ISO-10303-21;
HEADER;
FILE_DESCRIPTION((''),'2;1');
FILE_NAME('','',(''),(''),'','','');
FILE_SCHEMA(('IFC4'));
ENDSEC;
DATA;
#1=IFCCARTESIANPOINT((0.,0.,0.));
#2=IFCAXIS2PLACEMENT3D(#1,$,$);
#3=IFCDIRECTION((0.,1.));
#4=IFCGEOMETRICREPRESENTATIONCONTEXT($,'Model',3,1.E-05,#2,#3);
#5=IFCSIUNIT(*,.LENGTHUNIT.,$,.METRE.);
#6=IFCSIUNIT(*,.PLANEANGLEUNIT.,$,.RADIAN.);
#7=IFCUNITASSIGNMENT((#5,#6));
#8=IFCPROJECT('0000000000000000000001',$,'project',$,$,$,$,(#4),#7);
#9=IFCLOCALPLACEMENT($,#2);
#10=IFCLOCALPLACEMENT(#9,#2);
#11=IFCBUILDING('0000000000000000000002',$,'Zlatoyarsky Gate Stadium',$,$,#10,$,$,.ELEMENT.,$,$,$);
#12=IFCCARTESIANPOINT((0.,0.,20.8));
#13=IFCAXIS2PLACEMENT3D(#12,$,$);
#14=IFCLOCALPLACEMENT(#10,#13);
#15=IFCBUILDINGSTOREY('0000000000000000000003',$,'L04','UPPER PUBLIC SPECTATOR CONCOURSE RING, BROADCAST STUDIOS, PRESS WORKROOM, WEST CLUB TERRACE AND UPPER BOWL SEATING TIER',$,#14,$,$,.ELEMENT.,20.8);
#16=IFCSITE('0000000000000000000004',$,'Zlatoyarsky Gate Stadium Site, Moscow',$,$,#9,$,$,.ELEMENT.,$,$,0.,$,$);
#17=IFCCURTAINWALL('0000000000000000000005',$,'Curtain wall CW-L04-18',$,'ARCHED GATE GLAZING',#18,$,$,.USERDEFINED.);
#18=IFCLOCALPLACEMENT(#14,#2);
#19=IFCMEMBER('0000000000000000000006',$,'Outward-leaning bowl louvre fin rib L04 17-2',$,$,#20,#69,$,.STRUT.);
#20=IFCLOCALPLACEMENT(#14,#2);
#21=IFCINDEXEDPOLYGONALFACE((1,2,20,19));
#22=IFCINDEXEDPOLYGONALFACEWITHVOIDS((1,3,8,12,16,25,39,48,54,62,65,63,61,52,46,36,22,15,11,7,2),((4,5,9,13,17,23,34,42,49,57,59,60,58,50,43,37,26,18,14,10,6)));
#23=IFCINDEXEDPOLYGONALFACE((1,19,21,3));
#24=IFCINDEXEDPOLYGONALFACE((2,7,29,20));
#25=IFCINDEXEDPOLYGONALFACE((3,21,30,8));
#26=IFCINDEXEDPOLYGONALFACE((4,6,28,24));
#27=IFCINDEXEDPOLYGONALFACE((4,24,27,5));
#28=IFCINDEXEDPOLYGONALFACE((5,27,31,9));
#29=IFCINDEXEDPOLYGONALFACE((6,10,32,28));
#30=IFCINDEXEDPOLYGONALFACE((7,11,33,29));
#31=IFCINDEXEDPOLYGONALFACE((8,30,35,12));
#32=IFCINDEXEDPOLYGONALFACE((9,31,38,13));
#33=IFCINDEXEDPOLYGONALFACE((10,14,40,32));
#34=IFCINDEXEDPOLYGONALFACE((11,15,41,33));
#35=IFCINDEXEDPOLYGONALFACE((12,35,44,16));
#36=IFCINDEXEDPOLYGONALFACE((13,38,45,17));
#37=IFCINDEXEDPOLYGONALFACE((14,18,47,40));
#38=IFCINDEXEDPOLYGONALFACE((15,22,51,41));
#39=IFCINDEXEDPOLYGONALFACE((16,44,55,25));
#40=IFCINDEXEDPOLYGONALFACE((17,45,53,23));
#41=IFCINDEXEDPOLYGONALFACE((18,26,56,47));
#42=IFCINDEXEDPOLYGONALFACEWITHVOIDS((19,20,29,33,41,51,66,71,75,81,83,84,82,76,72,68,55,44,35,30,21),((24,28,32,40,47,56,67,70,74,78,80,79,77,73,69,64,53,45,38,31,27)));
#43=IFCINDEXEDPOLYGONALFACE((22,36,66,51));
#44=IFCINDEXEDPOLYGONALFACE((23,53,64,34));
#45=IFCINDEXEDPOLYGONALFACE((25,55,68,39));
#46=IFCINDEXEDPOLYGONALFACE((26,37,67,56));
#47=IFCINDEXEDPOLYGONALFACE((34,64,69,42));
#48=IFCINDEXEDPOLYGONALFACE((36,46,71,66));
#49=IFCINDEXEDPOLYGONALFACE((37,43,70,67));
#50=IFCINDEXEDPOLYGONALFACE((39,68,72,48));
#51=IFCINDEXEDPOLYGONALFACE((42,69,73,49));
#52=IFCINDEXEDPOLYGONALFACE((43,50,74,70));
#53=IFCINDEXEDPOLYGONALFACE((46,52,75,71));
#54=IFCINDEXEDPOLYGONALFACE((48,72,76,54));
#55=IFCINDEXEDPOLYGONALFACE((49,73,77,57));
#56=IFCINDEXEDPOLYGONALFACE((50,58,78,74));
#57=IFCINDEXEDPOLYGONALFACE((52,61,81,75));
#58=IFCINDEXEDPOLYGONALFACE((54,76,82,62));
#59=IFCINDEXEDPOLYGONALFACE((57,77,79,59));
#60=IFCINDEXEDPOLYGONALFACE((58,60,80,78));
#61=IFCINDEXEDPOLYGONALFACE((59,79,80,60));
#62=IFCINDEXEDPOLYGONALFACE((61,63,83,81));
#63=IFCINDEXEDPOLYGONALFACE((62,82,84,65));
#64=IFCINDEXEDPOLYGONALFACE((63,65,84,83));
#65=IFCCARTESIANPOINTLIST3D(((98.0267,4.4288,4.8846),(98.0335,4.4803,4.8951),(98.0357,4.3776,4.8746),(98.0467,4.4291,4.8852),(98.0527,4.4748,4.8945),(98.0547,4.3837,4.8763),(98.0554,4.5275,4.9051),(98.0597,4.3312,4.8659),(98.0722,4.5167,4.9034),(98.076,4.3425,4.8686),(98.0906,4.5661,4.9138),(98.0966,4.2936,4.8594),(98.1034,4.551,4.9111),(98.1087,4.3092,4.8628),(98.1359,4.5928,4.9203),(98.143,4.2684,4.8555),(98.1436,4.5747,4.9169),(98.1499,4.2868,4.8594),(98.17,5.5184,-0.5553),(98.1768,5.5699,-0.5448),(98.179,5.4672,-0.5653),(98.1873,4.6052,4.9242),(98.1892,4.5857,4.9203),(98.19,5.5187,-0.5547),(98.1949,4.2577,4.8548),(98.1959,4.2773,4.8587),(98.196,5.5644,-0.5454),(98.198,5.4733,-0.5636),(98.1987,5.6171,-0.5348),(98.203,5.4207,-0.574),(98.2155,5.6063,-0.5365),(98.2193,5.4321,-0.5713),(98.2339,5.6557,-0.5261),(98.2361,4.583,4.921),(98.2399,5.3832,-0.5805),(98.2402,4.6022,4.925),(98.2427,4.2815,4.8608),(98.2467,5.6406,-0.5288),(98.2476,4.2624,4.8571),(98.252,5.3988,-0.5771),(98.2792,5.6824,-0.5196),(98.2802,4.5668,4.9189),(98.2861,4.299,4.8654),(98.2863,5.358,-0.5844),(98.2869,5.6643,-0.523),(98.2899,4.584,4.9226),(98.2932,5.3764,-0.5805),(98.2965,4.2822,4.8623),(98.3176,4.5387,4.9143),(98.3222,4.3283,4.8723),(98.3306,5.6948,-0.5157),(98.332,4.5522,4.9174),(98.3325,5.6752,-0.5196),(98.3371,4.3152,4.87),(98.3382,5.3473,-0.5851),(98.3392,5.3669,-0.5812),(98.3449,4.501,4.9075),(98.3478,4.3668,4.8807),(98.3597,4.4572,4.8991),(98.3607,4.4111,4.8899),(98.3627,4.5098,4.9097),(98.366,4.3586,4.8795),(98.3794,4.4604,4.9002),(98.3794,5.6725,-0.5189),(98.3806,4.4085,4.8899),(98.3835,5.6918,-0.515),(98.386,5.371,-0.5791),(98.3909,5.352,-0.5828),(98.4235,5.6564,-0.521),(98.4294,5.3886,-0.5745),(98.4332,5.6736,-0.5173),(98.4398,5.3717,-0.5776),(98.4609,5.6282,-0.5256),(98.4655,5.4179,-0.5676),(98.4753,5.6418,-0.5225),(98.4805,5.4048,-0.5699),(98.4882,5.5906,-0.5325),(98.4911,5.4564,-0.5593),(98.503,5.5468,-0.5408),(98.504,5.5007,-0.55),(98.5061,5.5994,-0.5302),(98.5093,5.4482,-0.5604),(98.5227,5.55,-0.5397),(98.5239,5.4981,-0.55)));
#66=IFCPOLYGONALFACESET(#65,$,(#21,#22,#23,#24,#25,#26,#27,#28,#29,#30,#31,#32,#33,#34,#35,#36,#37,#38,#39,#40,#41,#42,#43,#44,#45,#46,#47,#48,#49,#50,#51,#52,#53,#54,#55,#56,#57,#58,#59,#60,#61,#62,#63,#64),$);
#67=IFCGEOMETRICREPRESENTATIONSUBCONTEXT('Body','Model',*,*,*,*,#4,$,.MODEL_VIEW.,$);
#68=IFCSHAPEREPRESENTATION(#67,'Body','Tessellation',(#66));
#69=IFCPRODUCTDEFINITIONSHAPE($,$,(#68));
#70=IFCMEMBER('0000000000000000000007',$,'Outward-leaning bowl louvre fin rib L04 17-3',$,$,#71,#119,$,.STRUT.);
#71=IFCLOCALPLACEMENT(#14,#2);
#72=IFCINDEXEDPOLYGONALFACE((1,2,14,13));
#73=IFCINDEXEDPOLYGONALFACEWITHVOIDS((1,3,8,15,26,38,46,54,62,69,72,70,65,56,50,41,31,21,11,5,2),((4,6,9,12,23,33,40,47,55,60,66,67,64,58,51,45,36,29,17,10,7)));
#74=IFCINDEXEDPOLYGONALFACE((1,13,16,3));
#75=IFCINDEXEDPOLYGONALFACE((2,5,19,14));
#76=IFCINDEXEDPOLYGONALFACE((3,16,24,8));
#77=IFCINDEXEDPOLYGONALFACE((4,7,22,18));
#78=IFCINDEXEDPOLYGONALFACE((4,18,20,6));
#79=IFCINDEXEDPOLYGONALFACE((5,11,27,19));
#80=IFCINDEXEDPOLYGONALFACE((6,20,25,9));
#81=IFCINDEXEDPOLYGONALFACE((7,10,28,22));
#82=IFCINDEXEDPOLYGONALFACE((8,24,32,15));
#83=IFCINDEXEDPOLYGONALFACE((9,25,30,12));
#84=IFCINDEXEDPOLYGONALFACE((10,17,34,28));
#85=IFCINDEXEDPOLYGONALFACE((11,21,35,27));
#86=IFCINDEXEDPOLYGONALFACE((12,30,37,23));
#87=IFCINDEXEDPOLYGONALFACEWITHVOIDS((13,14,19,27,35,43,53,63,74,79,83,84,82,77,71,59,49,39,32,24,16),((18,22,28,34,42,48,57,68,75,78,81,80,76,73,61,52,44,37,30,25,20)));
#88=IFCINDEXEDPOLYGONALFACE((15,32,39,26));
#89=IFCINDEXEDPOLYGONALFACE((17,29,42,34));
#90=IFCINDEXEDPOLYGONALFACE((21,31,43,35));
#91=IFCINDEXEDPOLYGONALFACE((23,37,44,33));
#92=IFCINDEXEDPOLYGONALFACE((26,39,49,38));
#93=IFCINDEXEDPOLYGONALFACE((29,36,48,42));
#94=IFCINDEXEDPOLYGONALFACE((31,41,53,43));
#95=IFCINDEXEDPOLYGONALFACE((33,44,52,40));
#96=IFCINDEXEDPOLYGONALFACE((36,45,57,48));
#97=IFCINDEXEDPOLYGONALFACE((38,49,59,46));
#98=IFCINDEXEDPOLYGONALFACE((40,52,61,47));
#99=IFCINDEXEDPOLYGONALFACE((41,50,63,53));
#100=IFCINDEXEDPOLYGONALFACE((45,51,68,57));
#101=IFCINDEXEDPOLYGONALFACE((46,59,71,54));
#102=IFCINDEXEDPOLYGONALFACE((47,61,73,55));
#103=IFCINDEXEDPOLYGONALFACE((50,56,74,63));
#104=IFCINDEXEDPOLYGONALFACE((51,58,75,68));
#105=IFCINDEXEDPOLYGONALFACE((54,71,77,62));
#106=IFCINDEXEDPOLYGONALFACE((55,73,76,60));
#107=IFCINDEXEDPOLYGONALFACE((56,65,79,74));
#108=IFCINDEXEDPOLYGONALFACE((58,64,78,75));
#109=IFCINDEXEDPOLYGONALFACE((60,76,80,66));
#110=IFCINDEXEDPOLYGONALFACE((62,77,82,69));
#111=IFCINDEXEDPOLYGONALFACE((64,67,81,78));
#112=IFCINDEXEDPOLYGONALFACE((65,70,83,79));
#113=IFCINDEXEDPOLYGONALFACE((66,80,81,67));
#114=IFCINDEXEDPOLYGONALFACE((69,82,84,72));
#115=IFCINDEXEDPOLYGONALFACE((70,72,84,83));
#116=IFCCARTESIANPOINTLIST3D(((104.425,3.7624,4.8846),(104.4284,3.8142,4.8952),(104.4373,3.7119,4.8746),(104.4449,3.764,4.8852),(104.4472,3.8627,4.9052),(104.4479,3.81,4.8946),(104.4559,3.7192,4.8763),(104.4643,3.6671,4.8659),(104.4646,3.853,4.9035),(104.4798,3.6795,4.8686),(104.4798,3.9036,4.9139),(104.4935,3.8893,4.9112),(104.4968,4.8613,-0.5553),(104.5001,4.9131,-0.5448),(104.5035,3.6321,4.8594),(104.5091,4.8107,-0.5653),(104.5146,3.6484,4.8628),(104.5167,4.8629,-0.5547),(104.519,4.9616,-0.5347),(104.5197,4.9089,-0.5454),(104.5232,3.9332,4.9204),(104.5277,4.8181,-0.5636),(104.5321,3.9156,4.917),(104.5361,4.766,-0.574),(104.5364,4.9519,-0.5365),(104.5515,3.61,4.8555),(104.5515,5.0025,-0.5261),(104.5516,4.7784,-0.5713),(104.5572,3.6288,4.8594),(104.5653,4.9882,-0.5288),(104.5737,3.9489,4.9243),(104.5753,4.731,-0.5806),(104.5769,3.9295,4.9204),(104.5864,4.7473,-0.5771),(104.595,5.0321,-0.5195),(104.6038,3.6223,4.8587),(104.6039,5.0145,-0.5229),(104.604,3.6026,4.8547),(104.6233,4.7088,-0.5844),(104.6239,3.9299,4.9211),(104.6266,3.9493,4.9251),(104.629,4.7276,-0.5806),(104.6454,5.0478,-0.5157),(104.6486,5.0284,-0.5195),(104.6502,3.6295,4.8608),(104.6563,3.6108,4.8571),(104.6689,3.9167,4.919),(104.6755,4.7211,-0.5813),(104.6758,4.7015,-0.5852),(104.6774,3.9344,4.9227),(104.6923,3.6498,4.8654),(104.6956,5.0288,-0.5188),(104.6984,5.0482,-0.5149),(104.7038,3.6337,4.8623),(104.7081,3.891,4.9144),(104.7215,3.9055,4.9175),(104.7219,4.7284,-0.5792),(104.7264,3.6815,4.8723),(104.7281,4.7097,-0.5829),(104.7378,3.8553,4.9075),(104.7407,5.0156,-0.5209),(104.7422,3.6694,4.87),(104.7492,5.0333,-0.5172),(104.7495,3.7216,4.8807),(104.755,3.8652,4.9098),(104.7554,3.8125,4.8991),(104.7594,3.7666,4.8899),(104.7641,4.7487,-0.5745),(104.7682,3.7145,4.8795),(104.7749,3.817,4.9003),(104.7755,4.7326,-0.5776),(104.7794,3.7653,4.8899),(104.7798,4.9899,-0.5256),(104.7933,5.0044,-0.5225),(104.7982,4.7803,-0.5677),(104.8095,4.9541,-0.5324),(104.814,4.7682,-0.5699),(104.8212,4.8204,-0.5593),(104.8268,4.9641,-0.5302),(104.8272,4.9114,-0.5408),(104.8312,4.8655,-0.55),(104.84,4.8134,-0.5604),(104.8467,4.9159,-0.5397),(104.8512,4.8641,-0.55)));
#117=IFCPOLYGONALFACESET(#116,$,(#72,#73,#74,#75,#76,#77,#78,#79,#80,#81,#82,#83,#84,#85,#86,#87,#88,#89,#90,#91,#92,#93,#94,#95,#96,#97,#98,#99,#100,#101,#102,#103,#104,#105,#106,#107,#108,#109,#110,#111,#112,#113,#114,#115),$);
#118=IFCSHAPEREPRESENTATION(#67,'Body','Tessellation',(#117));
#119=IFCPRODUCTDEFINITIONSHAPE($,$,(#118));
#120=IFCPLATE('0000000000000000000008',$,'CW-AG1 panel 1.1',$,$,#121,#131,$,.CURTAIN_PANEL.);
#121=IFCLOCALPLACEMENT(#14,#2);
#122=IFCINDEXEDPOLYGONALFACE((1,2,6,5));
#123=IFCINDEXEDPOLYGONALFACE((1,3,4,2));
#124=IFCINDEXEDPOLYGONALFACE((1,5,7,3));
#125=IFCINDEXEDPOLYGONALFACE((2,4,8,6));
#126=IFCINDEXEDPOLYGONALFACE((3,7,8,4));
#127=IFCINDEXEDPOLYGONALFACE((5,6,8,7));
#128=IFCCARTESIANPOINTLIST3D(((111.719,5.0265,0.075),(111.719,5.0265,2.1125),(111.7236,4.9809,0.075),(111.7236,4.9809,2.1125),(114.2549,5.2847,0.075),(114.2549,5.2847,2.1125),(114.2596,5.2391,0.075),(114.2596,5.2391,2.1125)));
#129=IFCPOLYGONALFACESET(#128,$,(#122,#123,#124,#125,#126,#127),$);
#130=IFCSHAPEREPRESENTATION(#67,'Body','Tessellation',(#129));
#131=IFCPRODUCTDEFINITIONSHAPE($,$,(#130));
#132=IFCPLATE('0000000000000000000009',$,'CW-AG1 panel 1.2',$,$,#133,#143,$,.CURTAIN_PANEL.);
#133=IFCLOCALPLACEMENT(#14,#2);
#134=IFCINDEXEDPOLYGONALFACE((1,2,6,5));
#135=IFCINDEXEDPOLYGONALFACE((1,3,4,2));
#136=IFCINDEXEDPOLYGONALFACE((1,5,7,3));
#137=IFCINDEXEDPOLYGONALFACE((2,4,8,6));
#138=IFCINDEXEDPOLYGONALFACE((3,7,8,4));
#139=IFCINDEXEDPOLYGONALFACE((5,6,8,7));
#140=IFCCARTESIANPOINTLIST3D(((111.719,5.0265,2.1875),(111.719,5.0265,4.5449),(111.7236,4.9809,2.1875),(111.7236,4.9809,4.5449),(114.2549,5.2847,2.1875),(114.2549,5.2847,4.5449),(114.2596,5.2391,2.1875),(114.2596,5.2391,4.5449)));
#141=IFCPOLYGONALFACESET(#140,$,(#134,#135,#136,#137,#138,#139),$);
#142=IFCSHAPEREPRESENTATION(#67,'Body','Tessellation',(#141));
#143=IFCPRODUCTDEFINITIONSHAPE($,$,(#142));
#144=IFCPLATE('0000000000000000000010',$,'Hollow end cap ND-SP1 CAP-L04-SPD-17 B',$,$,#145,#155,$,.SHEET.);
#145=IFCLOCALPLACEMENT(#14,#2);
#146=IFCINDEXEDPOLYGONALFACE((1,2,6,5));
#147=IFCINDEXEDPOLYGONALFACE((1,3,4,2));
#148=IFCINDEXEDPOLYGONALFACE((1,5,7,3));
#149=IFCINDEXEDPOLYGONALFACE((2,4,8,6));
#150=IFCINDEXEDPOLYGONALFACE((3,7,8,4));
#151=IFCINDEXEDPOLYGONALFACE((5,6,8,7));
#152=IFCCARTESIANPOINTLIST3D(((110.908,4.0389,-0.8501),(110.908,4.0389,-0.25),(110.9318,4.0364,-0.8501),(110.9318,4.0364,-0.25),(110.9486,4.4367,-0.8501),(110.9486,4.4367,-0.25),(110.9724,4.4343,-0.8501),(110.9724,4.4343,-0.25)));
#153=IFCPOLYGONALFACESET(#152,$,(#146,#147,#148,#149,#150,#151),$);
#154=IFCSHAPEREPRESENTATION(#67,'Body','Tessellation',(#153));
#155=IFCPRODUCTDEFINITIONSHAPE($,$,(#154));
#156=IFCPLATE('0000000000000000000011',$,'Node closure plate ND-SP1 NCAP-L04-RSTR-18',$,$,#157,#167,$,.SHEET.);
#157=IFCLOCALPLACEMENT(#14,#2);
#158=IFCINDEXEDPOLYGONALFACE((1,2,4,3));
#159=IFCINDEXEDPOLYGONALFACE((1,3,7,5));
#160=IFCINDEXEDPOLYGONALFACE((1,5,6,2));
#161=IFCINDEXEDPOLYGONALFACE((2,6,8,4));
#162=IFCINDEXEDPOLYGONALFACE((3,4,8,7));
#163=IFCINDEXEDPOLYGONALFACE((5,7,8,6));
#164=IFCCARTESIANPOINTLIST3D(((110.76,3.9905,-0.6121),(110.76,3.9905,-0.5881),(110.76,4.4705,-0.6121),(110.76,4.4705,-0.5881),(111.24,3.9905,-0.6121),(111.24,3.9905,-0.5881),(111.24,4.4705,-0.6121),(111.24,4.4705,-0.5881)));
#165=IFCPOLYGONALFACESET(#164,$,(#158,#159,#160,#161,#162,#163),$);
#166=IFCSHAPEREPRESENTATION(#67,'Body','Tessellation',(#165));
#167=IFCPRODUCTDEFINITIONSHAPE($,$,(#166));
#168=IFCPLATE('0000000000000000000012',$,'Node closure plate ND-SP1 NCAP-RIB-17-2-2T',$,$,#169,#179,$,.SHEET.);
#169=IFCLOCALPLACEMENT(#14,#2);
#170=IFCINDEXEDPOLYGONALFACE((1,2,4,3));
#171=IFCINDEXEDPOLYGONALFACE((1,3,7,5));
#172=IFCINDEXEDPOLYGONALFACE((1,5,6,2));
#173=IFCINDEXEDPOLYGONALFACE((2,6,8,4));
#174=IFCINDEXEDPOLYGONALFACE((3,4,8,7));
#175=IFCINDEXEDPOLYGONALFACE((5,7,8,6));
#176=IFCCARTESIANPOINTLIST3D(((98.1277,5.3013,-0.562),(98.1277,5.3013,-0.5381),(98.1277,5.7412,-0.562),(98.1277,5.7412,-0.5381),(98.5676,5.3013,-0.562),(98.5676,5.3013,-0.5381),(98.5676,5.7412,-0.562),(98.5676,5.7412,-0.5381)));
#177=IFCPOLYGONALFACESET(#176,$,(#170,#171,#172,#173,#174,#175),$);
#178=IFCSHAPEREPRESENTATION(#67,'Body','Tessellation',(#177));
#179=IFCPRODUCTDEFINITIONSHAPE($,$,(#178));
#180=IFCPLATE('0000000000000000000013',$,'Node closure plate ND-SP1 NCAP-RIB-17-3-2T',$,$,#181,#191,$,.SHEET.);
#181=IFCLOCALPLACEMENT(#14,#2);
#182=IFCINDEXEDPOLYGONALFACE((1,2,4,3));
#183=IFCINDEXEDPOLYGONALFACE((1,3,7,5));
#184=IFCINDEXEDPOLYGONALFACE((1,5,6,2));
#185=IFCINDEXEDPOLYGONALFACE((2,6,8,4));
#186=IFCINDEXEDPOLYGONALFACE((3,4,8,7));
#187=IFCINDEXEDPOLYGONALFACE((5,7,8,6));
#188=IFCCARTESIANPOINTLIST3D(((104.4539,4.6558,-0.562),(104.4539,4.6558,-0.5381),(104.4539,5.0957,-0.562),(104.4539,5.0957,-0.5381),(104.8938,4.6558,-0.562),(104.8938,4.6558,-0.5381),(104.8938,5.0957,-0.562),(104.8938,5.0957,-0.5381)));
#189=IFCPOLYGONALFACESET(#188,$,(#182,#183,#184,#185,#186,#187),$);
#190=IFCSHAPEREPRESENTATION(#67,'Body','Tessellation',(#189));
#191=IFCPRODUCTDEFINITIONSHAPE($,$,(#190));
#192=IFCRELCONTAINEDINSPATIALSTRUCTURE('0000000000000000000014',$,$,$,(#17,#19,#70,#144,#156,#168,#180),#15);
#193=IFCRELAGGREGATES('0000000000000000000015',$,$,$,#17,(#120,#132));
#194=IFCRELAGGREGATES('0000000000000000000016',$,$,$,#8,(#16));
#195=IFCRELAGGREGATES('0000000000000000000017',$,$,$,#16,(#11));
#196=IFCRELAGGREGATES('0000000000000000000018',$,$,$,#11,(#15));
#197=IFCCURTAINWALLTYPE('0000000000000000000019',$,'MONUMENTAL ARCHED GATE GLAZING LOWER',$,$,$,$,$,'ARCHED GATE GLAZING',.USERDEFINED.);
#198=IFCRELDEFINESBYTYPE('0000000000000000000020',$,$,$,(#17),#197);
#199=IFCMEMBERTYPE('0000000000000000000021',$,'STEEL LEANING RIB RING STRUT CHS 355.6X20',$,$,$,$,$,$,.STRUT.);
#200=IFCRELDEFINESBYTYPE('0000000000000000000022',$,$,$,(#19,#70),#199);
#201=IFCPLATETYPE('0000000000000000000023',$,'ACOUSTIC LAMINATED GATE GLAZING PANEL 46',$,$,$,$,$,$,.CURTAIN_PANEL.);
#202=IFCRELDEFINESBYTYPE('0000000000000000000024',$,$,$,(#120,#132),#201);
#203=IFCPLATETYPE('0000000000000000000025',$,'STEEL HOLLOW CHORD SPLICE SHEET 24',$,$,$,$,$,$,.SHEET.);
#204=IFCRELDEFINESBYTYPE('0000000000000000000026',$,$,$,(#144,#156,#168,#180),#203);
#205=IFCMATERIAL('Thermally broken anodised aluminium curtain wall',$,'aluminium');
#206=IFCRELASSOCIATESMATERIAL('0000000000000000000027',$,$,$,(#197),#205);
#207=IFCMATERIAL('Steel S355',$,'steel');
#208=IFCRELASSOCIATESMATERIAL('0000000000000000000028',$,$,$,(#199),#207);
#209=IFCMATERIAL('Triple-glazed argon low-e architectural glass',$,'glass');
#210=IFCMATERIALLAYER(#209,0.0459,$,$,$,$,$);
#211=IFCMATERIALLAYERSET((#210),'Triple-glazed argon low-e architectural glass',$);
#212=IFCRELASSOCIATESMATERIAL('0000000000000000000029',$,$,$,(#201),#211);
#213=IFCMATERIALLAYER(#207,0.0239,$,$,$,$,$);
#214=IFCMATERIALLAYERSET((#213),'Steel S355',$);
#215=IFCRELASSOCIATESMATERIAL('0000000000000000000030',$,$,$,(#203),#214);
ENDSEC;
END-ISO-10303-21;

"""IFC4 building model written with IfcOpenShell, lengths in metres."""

from ifc_helpers import new_model, si_unit, direction, frame, origin, origin_2d, place, context, subcontext, project, spatial, rectangle, hollow_circle, extrude, material, layer, layer_set, material_profile, profile_set, type_object, element, aggregate, save


model = new_model("IFC4")

# Units and contexts
model_context = context("Model", 3, precision=1e-05, world=origin(), true_north=direction((0.0, 1.0)))
body_context = subcontext(model_context, "Body", "Model", "MODEL_VIEW")
ifc_project = project(units=[si_unit("LENGTHUNIT", "METRE"), si_unit("PLANEANGLEUNIT", "RADIAN")], contexts=[model_context])

# Site, building, storey
site_placement = place(None, origin())
site = spatial("IfcSite", under=ifc_project, at=site_placement, Name="Zlatoyarsky Gate Stadium Site, Moscow", CompositionType="ELEMENT", RefElevation=0.0)
building_placement = place(site_placement, origin())
building = spatial("IfcBuilding", under=site, at=building_placement, Name="Zlatoyarsky Gate Stadium", CompositionType="ELEMENT")
storey_placement = place(building_placement, frame((0.0, 0.0, 20.8)))
storey = spatial("IfcBuildingStorey", under=building, at=storey_placement, Name="L04", Description="UPPER PUBLIC SPECTATOR CONCOURSE RING, BROADCAST STUDIOS, PRESS WORKROOM, WEST CLUB TERRACE AND UPPER BOWL SEATING TIER", CompositionType="ELEMENT", Elevation=20.8)

# Curtain wall
ifc_material_1 = material(Name="Thermally broken anodised aluminium curtain wall", Category="aluminium")
curtain_wall_type_1 = type_object("IfcCurtainWallType", Name="MONUMENTAL ARCHED GATE GLAZING LOWER", ElementType="ARCHED GATE GLAZING", PredefinedType="USERDEFINED", material=ifc_material_1)
curtain_wall_1_placement = place(storey_placement, origin())
curtain_wall_1 = element("IfcCurtainWall", 1, at=curtain_wall_1_placement, inside=storey, type_object=curtain_wall_type_1, Name="Curtain wall CW-L04-18", ObjectType="ARCHED GATE GLAZING", PredefinedType="USERDEFINED")

# Shared definitions
ifc_material_2 = material(Name="Steel S355", Category="steel")

# Members
ifc_material_profile_1 = material_profile(ifc_material_2, hollow_circle(Radius=0.1777, WallThickness=0.02, at=origin_2d()), Name="CHS 355.6X20")
ifc_profile_set_1 = profile_set([ifc_material_profile_1], Name="Steel S355")
member_type_1 = type_object("IfcMemberType", Name="STEEL LEANING RIB RING STRUT CHS 355.6X20", PredefinedType="STRUT", material=ifc_profile_set_1)
member_1_placement = place(storey_placement, frame((98.3477, 5.5212, -0.55), z_axis=(-0.025822, -0.19633, 0.980198), x_axis=(0.991461, -0.130403, 0.0)))
element("IfcMember", 2, at=member_1_placement, inside=storey, type_object=member_type_1, Name="Outward-leaning bowl louvre fin rib L04 17-2", PredefinedType="STRUT", context=body_context, shape_type="SweptSolid", body=[
    extrude(hollow_circle(Radius=0.1777, WallThickness=0.02, at=origin_2d()), origin(), (0.0, 0.0, 1.0), 5.5498),
])
member_2_placement = place(storey_placement, frame((104.6738, 4.8757, -0.55), z_axis=(-0.012932, -0.197986, 0.98012), x_axis=(0.997874, -0.06518, 0.0)))
element("IfcMember", 3, at=member_2_placement, inside=storey, type_object=member_type_1, Name="Outward-leaning bowl louvre fin rib L04 17-3", PredefinedType="STRUT", context=body_context, shape_type="SweptSolid", body=[
    extrude(hollow_circle(Radius=0.1777, WallThickness=0.02, at=origin_2d()), origin(), (0.0, 0.0, 1.0), 5.5503),
])

# Plates
ifc_material_3 = material(Name="Triple-glazed argon low-e architectural glass", Category="glass")
ifc_layer_1 = layer(ifc_material_3, 0.0459)
ifc_layer_set_1 = layer_set([ifc_layer_1], Name="Triple-glazed argon low-e architectural glass")
plate_type_1 = type_object("IfcPlateType", Name="ACOUSTIC LAMINATED GATE GLAZING PANEL 46", PredefinedType="CURTAIN_PANEL", material=ifc_layer_set_1)
plate_1_placement = place(storey_placement, frame((112.9893, 5.1328, 0.075), z_axis=(0.0, 0.0, 1.0), x_axis=(0.994857, 0.101293, 0.0)))
plate_1 = element("IfcPlate", 4, at=plate_1_placement, type_object=plate_type_1, Name="CW-AG1 panel 1.1", PredefinedType="CURTAIN_PANEL", context=body_context, shape_type="SweptSolid", body=[
    extrude(rectangle(XDim=2.5491, YDim=0.0459, at=origin_2d()), origin(), (0.0, 0.0, 1.0), 2.0376),
])
plate_2_placement = place(storey_placement, frame((112.9893, 5.1328, 2.1875), z_axis=(0.0, 0.0, 1.0), x_axis=(0.994857, 0.101293, 0.0)))
plate_2 = element("IfcPlate", 5, at=plate_2_placement, type_object=plate_type_1, Name="CW-AG1 panel 1.2", PredefinedType="CURTAIN_PANEL", context=body_context, shape_type="SweptSolid", body=[
    extrude(rectangle(XDim=2.5491, YDim=0.0459, at=origin_2d()), origin(), (0.0, 0.0, 1.0), 2.3574),
])
aggregate(curtain_wall_1, [plate_1, plate_2])

# Plates
ifc_layer_2 = layer(ifc_material_2, 0.0239)
ifc_layer_set_2 = layer_set([ifc_layer_2], Name="Steel S355")
plate_type_2 = type_object("IfcPlateType", Name="STEEL HOLLOW CHORD SPLICE SHEET 24", PredefinedType="SHEET", material=ifc_layer_set_2)
plate_3_placement = place(storey_placement, frame((110.9402, 4.2366, -0.8501), z_axis=(0.0, 0.0, 1.0), x_axis=(0.994835, -0.101502, 0.0)))
element("IfcPlate", 6, at=plate_3_placement, inside=storey, type_object=plate_type_2, Name="Hollow end cap ND-SP1 CAP-L04-SPD-17 B", PredefinedType="SHEET", context=body_context, shape_type="SweptSolid", body=[
    extrude(rectangle(XDim=0.0239, YDim=0.3999, at=origin_2d()), origin(), (0.0, 0.0, 1.0), 0.6001),
])
plate_4_placement = place(storey_placement, frame((111.0, 4.2305, -0.6121), z_axis=(0.0, 0.0, 1.0), x_axis=(1.0, 0.0, 0.0)))
element("IfcPlate", 7, at=plate_4_placement, inside=storey, type_object=plate_type_2, Name="Node closure plate ND-SP1 NCAP-L04-RSTR-18", PredefinedType="SHEET", context=body_context, shape_type="SweptSolid", body=[
    extrude(rectangle(XDim=0.48, YDim=0.48, at=origin_2d()), origin(), (0.0, 0.0, 1.0), 0.0239),
])
for number, where, z_axis, x_axis, name in (
    (8, (98.3477, 5.5212, -0.562), (0.0, 0.0, 1.0), (1.0, 0.0, 0.0), "Node closure plate ND-SP1 NCAP-RIB-17-2-2T"),
    (9, (104.6738, 4.8757, -0.562), (0.0, 0.0, 1.0), (1.0, 0.0, 0.0), "Node closure plate ND-SP1 NCAP-RIB-17-3-2T"),
):
    element("IfcPlate", number, at=place(storey_placement, frame(where, z_axis=z_axis, x_axis=x_axis)), inside=storey, type_object=plate_type_2, Name=name, PredefinedType="SHEET", context=body_context, shape_type="SweptSolid", body=[
        extrude(rectangle(XDim=0.4399, YDim=0.4399, at=origin_2d()), origin(), (0.0, 0.0, 1.0), 0.0239),
    ])

save(model, "model.ifc")
